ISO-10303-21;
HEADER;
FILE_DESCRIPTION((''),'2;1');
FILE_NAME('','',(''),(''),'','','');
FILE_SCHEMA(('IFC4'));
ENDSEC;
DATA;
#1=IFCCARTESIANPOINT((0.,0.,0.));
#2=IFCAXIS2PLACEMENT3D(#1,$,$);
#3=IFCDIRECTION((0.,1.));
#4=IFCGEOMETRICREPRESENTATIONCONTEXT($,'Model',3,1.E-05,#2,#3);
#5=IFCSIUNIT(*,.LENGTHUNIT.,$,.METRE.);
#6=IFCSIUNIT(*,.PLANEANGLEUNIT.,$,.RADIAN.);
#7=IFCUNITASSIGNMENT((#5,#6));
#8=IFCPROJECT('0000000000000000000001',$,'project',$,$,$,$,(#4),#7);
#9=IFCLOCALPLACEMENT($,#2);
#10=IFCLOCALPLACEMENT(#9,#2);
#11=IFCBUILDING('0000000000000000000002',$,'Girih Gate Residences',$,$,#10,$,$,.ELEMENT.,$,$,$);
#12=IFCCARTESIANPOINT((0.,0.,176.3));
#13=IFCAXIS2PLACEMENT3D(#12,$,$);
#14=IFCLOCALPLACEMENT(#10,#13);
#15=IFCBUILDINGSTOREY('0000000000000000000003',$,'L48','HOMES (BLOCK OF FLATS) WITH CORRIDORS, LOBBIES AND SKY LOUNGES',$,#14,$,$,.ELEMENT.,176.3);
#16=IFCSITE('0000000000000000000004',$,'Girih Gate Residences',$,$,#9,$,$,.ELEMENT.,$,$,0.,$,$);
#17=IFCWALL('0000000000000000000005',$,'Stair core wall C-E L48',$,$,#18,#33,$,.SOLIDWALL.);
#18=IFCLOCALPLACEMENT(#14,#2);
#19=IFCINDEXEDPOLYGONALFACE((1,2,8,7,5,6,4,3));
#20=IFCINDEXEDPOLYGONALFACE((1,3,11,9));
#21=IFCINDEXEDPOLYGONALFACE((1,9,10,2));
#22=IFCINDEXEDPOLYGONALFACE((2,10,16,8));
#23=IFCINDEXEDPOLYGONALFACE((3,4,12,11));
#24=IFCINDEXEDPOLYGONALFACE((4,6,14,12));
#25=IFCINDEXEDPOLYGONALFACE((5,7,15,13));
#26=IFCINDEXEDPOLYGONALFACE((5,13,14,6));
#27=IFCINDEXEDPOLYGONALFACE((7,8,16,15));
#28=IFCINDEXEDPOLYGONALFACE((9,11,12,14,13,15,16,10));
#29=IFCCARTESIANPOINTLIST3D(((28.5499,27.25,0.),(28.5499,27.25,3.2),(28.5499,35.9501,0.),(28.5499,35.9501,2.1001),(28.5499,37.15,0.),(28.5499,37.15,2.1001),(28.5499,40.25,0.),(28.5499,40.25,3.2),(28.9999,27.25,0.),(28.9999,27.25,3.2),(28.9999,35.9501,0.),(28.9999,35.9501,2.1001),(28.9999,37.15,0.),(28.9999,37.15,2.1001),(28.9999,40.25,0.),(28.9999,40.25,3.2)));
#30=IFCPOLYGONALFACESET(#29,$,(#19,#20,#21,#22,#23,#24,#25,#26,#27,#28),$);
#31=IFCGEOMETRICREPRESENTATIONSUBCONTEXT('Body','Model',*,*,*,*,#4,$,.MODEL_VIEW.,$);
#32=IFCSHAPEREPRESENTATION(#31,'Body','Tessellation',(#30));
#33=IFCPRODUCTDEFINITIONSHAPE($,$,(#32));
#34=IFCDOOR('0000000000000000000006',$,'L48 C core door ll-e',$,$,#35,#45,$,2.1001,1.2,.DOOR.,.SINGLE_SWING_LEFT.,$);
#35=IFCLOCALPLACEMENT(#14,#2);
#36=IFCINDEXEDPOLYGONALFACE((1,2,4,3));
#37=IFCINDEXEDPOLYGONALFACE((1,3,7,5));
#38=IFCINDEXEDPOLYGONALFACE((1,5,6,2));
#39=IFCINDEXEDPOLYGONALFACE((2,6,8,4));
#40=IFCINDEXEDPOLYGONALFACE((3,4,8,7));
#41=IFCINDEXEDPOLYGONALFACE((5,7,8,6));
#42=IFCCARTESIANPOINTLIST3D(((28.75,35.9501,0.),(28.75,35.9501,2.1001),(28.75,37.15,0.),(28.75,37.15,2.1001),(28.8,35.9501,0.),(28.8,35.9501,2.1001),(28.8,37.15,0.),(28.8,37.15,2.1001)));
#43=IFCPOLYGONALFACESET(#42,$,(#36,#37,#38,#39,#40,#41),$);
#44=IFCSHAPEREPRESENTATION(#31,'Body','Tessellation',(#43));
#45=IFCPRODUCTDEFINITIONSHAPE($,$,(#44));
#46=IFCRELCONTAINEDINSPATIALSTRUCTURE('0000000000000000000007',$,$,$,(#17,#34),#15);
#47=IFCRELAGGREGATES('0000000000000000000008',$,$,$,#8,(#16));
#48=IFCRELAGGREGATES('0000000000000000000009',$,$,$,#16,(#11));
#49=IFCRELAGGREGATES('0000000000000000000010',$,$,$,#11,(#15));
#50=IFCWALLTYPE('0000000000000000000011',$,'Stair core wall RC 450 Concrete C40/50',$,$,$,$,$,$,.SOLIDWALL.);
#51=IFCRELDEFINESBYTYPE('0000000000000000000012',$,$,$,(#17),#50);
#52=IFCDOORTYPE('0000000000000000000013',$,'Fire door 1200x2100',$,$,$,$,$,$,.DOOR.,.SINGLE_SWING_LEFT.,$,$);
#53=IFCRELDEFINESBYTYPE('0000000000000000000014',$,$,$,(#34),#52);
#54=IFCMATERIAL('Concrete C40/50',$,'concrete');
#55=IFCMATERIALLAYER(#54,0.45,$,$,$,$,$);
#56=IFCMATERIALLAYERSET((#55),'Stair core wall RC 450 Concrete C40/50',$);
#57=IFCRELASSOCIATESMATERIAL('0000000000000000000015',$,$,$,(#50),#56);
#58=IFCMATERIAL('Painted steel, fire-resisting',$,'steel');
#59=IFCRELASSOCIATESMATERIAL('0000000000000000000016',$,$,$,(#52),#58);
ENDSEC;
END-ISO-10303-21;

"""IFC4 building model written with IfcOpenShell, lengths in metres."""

from ifc_helpers import new_model, si_unit, direction, frame, frame_2d, origin, place, context, subcontext, project, spatial, rectangle, extrude, material, layer, layer_set, type_object, element, fill, save


model = new_model("IFC4")

# Units and contexts
model_context = context("Model", 3, precision=1e-05, world=origin(), true_north=direction((0.0, 1.0)))
body_context = subcontext(model_context, "Body", "Model", "MODEL_VIEW")
ifc_project = project(units=[si_unit("LENGTHUNIT", "METRE"), si_unit("PLANEANGLEUNIT", "RADIAN")], contexts=[model_context])

# Site, building, storey
site_placement = place(None, origin())
site = spatial("IfcSite", under=ifc_project, at=site_placement, Name="Girih Gate Residences", CompositionType="ELEMENT", RefElevation=0.0)
building_placement = place(site_placement, origin())
building = spatial("IfcBuilding", under=site, at=building_placement, Name="Girih Gate Residences", CompositionType="ELEMENT")
storey_placement = place(building_placement, frame((0.0, 0.0, 176.3)))
storey = spatial("IfcBuildingStorey", under=building, at=storey_placement, Name="L48", Description="HOMES (BLOCK OF FLATS) WITH CORRIDORS, LOBBIES AND SKY LOUNGES", CompositionType="ELEMENT", Elevation=176.3)

# Wall, opening, door
ifc_material_1 = material(Name="Concrete C40/50", Category="concrete")
ifc_layer_1 = layer(ifc_material_1, 0.45)
ifc_layer_set_1 = layer_set([ifc_layer_1], Name="Stair core wall RC 450 Concrete C40/50")
wall_type = type_object("IfcWallType", Name="Stair core wall RC 450 Concrete C40/50", PredefinedType="SOLIDWALL", material=ifc_layer_set_1)
wall_placement = place(storey_placement, frame((28.7749, 27.25, 0.0), z_axis=(0.0, 0.0, 1.0), x_axis=(0.0, 1.0, 0.0)))
wall = element("IfcWall", 1, at=wall_placement, inside=storey, type_object=wall_type, Name="Stair core wall C-E L48", PredefinedType="SOLIDWALL", context=body_context, shape_type="SweptSolid", body=[
    extrude(rectangle(XDim=13.0, YDim=0.45, at=frame_2d((6.5, 0.0))), origin(), (0.0, 0.0, 1.0), 3.2),
])
opening_placement = place(wall_placement, frame((8.7, 0.0, 0.0)))
opening = element("IfcOpeningElement", 2, at=opening_placement, cuts=wall, PredefinedType="OPENING", context=body_context, shape_type="SweptSolid", body=[
    extrude(rectangle(XDim=1.2, YDim=2.1001, at=frame_2d((0.6001, 1.05))), frame((0.0, 0.2349, 0.0), z_axis=(0.0, -1.0, 0.0), x_axis=(1.0, 0.0, 0.0)), (0.0, 0.0, 1.0), 0.47),
])
ifc_material_2 = material(Name="Painted steel, fire-resisting", Category="steel")
door_type = type_object("IfcDoorType", Name="Fire door 1200x2100", OperationType="SINGLE_SWING_LEFT", PredefinedType="DOOR", material=ifc_material_2)
door_placement = place(opening_placement, origin())
door = element("IfcDoor", 3, at=door_placement, inside=storey, type_object=door_type, Name="L48 C core door ll-e", OperationType="SINGLE_SWING_LEFT", OverallHeight=2.1001, OverallWidth=1.2, PredefinedType="DOOR", context=body_context, shape_type="SweptSolid", body=[
    extrude(rectangle(XDim=1.2, YDim=2.1001, at=frame_2d((0.6001, 1.05))), frame((0.0, 0.0249, 0.0), z_axis=(0.0, -1.0, 0.0), x_axis=(1.0, 0.0, 0.0)), (0.0, 0.0, 1.0), 0.05),
])
fill(opening, door)

save(model, "model.ifc")
